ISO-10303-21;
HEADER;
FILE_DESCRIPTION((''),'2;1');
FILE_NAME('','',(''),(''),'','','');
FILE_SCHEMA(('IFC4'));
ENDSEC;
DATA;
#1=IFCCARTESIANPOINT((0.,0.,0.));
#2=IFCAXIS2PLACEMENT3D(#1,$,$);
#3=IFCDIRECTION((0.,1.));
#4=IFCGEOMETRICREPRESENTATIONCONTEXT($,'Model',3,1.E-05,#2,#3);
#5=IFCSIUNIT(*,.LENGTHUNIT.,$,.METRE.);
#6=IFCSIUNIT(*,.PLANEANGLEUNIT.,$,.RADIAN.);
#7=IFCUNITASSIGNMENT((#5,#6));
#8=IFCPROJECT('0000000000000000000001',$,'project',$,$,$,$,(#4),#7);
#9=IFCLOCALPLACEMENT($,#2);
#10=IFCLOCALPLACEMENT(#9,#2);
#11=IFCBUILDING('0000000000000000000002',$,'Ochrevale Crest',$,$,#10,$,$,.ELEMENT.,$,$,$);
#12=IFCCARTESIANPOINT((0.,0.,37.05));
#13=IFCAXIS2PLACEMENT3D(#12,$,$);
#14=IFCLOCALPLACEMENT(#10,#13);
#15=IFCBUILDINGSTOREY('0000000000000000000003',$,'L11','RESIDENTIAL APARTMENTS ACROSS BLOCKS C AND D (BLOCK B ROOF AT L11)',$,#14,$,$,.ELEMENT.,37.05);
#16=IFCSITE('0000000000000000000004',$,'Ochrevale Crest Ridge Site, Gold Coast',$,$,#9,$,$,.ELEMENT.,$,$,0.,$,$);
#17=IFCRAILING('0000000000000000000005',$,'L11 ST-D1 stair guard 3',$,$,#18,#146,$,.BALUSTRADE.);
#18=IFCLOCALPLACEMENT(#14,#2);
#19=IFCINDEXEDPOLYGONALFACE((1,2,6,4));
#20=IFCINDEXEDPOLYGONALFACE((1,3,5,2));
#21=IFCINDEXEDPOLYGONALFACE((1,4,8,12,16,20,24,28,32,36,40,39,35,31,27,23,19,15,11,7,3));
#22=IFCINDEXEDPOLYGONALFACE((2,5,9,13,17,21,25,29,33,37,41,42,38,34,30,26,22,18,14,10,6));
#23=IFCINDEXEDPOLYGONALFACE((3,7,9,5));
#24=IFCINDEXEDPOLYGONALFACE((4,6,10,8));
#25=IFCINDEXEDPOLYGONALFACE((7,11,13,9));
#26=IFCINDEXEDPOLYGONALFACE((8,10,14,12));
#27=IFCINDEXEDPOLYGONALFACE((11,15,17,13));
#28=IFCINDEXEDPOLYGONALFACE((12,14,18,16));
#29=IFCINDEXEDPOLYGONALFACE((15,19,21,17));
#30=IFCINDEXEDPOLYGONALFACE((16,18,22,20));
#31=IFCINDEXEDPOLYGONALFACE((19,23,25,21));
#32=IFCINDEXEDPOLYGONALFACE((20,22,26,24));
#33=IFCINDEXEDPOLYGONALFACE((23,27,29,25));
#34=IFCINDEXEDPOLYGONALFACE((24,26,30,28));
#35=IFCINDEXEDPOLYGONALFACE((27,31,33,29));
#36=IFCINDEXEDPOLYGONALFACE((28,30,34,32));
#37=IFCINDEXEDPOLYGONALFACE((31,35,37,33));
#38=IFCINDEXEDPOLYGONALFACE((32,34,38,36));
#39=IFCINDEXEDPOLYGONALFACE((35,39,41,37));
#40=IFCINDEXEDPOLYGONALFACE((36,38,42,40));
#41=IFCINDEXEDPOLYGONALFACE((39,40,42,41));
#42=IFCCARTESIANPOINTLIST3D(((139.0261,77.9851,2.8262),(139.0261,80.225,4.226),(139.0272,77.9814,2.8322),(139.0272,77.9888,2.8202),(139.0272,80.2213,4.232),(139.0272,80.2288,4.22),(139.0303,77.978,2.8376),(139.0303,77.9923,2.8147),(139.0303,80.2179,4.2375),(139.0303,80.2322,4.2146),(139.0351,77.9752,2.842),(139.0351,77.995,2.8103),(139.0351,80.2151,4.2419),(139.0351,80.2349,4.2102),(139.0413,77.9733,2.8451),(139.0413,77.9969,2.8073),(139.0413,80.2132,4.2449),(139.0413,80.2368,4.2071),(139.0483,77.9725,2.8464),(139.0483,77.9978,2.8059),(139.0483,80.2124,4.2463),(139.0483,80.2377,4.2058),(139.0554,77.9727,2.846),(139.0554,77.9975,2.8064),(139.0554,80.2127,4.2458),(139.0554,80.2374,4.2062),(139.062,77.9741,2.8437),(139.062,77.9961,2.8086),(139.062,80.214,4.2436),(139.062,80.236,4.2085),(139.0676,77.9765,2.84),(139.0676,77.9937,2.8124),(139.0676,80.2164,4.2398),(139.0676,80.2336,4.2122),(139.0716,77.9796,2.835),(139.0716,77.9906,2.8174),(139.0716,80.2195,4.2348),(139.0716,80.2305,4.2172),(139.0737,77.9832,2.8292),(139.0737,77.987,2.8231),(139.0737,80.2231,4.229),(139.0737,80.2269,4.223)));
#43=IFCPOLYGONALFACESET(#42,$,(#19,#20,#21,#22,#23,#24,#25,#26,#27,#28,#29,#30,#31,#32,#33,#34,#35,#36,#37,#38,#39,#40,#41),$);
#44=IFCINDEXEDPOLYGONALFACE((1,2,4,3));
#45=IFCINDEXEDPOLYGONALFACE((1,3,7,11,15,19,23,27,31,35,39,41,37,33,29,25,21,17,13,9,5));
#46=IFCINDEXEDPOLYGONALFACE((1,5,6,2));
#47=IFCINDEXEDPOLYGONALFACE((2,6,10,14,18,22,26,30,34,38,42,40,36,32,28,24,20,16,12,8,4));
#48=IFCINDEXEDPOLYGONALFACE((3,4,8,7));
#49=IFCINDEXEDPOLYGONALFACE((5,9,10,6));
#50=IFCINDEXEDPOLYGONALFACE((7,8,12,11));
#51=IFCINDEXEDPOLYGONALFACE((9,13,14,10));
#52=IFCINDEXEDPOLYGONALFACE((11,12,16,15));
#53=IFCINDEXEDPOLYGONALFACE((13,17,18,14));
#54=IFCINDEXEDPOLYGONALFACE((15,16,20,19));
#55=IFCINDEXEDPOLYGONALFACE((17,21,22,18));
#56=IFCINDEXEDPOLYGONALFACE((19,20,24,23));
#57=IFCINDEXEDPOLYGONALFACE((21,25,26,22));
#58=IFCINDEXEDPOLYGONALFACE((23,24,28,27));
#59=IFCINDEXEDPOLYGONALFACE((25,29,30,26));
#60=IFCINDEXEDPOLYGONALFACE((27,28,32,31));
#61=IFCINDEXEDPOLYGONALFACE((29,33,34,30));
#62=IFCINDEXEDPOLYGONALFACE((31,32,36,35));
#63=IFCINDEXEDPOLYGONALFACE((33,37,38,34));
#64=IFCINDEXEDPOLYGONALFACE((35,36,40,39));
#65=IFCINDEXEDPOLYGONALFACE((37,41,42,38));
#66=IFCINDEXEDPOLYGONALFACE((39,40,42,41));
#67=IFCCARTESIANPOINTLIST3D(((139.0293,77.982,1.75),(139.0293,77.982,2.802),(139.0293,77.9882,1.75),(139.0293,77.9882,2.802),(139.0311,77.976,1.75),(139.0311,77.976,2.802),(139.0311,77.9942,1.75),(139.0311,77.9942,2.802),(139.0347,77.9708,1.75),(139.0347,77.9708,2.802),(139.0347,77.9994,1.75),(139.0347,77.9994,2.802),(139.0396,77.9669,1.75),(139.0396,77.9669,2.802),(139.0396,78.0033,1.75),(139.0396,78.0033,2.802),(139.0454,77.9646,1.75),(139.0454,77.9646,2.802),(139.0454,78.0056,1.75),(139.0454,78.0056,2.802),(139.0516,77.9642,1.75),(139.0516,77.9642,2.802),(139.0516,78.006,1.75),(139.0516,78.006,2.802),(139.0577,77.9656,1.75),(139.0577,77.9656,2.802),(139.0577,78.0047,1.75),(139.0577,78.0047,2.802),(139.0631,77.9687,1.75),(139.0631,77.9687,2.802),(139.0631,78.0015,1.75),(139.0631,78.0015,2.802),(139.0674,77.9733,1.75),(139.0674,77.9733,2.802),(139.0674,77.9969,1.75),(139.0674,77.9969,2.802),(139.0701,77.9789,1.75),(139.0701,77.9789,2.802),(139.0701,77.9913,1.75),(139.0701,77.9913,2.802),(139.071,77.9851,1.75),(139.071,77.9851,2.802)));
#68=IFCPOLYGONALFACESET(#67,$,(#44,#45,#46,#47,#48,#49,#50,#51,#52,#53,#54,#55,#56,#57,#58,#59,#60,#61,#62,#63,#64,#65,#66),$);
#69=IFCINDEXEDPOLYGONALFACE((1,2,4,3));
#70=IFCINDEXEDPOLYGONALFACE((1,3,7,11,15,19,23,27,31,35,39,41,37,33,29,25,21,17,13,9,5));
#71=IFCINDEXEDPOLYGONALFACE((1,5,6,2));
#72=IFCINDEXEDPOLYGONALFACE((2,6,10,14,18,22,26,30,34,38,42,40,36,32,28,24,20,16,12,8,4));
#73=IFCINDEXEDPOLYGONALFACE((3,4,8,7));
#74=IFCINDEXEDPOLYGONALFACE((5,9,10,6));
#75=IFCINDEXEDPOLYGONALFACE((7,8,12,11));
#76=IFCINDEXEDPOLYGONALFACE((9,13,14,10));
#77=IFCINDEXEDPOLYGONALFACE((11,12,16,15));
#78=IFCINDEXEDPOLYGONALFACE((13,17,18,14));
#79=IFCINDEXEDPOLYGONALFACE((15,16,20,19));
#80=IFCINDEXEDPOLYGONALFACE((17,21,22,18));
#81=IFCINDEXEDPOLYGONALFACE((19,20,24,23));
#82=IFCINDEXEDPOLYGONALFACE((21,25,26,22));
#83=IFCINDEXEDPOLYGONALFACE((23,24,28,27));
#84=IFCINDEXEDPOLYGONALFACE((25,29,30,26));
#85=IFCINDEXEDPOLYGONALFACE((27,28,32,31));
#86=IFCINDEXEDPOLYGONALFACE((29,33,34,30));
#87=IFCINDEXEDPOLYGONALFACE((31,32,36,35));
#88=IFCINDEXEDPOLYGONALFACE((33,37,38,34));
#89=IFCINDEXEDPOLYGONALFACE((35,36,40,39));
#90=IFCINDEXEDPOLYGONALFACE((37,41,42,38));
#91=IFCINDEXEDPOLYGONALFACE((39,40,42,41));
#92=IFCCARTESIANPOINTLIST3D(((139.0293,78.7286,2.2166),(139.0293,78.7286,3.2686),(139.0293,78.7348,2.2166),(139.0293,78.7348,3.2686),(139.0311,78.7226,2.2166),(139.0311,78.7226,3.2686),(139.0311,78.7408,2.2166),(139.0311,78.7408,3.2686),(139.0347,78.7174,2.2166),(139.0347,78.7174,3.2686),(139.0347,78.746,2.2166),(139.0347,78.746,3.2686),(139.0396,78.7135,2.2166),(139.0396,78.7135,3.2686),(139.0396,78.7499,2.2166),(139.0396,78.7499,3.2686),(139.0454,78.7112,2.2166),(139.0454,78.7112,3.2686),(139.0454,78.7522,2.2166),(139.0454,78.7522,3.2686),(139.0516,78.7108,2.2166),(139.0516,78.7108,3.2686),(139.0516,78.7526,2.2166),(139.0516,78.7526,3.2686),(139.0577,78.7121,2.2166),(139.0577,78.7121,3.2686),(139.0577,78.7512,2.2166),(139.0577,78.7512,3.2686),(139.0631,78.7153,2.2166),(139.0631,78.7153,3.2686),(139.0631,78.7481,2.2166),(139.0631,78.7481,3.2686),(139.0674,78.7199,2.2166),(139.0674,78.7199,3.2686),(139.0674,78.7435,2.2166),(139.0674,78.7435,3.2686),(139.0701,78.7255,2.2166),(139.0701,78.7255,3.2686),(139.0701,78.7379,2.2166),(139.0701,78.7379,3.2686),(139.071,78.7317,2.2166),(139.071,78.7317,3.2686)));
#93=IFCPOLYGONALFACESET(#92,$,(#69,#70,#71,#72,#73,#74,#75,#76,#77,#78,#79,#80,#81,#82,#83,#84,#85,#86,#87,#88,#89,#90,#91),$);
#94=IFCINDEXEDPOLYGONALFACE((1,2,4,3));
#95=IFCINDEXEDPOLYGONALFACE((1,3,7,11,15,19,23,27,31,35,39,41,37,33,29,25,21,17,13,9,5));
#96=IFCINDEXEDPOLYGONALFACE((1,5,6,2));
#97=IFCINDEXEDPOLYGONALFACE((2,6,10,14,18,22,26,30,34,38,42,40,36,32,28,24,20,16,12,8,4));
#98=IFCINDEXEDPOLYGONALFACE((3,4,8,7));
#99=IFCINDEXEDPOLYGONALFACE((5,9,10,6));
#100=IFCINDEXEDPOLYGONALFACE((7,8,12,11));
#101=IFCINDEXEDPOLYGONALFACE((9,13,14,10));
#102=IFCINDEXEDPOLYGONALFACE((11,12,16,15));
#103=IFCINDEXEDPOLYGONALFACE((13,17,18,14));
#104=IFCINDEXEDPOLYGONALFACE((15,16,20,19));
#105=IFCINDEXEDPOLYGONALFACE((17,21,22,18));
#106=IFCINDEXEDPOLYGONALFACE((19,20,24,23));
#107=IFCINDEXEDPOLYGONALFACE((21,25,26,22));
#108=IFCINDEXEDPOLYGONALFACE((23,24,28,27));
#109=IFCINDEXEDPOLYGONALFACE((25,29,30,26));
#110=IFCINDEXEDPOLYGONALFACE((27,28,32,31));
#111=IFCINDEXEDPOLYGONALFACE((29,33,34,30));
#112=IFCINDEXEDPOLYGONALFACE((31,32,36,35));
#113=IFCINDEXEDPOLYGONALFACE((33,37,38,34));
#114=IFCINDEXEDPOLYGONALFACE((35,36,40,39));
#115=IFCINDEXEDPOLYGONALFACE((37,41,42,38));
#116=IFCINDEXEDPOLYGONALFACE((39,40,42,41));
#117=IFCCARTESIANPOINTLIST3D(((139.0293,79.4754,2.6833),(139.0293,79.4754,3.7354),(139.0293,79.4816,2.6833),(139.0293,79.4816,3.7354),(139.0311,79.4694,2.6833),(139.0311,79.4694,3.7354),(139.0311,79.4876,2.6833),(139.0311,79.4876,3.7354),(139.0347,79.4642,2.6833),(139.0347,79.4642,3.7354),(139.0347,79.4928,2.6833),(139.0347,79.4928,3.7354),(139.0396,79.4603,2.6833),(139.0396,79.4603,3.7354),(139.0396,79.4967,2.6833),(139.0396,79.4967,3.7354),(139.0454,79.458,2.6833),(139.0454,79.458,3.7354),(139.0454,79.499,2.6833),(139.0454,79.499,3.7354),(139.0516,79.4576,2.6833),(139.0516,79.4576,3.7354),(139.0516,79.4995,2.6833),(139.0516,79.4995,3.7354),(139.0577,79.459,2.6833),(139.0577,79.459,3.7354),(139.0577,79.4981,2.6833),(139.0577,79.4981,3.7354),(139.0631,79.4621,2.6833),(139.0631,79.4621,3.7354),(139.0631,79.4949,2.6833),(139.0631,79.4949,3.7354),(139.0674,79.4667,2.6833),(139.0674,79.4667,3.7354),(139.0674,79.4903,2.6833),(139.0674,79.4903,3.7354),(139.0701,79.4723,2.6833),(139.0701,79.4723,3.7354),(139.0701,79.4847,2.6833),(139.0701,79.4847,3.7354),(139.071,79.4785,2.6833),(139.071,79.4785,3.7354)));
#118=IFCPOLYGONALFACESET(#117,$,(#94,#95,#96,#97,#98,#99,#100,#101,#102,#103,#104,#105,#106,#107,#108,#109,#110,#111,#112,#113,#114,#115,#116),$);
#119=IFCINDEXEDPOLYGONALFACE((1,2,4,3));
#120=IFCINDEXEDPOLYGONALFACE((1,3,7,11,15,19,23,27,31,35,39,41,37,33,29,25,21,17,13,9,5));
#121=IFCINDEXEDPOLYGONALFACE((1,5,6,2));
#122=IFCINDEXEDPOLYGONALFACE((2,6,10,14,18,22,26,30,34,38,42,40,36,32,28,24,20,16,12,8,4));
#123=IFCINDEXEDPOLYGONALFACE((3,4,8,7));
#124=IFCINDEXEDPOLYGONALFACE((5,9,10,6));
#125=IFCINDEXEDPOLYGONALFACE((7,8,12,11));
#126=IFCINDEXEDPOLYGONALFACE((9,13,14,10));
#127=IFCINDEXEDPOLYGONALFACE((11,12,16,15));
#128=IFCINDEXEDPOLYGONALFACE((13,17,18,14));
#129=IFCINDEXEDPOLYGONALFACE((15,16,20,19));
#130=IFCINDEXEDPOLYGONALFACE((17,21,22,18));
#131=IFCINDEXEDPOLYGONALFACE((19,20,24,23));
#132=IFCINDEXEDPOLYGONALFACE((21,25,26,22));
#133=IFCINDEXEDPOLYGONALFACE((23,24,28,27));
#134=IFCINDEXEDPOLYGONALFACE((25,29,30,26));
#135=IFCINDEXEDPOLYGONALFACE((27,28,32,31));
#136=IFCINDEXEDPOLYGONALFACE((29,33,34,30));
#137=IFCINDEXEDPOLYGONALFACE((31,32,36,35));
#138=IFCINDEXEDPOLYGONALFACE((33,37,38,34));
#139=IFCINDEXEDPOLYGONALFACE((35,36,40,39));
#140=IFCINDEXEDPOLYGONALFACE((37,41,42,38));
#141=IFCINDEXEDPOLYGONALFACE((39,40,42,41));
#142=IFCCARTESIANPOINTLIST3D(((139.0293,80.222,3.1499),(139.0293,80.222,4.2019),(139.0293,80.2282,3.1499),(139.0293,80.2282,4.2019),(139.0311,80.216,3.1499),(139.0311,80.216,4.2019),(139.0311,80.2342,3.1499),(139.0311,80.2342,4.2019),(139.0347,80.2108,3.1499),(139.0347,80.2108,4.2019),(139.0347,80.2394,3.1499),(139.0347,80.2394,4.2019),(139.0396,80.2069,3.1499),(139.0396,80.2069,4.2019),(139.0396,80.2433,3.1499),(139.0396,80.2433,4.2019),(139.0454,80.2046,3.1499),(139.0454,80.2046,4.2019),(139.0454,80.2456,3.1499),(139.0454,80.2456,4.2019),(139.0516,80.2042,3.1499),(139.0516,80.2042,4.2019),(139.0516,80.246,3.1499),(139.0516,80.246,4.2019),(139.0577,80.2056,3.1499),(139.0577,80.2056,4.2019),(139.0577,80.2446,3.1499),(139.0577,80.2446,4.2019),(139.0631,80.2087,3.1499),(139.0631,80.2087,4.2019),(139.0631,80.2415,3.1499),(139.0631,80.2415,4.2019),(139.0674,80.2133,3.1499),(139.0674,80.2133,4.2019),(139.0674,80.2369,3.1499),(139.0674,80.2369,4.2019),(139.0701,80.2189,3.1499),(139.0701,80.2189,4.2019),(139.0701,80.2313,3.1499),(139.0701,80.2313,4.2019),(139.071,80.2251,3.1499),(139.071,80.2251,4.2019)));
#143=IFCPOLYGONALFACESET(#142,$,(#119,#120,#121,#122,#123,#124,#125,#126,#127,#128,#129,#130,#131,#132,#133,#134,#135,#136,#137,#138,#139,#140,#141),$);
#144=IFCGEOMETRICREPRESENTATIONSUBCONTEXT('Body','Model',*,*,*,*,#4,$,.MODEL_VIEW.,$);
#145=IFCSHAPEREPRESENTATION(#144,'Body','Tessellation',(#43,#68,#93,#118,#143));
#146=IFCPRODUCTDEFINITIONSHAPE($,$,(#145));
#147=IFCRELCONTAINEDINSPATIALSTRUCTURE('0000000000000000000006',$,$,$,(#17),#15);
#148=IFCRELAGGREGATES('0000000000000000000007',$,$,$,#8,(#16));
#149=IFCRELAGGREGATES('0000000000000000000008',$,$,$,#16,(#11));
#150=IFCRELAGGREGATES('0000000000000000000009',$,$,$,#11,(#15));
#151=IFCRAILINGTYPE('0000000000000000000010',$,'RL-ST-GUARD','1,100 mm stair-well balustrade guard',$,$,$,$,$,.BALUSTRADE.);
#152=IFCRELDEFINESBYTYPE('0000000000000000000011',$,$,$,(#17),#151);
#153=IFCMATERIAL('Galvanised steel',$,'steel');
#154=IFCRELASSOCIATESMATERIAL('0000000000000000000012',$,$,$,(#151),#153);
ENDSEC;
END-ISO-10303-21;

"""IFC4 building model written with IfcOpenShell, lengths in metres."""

from ifc_helpers import new_model, si_unit, direction, frame, origin, origin_2d, place, context, subcontext, project, spatial, circle, extrude, material, type_object, element, save


model = new_model("IFC4")

# Units and contexts
model_context = context("Model", 3, precision=1e-05, world=origin(), true_north=direction((0.0, 1.0)))
body_context = subcontext(model_context, "Body", "Model", "MODEL_VIEW")
ifc_project = project(units=[si_unit("LENGTHUNIT", "METRE"), si_unit("PLANEANGLEUNIT", "RADIAN")], contexts=[model_context])

# Site, building, storey
site_placement = place(None, origin())
site = spatial("IfcSite", under=ifc_project, at=site_placement, Name="Ochrevale Crest Ridge Site, Gold Coast", CompositionType="ELEMENT", RefElevation=0.0)
building_placement = place(site_placement, origin())
building = spatial("IfcBuilding", under=site, at=building_placement, Name="Ochrevale Crest", CompositionType="ELEMENT")
storey_placement = place(building_placement, frame((0.0, 0.0, 37.05)))
storey = spatial("IfcBuildingStorey", under=building, at=storey_placement, Name="L11", Description="RESIDENTIAL APARTMENTS ACROSS BLOCKS C AND D (BLOCK B ROOF AT L11)", CompositionType="ELEMENT", Elevation=37.05)

# Railing
ifc_material_1 = material(Name="Galvanised steel", Category="steel")
railing_type_1 = type_object("IfcRailingType", Name="RL-ST-GUARD", Description="1,100 mm stair-well balustrade guard", PredefinedType="BALUSTRADE", material=ifc_material_1)
railing_1_placement = place(storey_placement, frame((139.05, 77.9851, 1.75)))
element("IfcRailing", 1, at=railing_1_placement, inside=storey, type_object=railing_type_1, Name="L11 ST-D1 stair guard 3", PredefinedType="BALUSTRADE", context=body_context, shape_type="SweptSolid", body=[
    extrude(circle(Radius=0.0239, at=origin_2d()), frame((0.0, 0.0, 1.0762), z_axis=(0.0, 0.848014, 0.529974), x_axis=(-1.0, 0.0, 0.0)), (0.0, 0.0, 1.0), 2.6414),
    extrude(circle(Radius=0.021, at=origin_2d()), origin(), (0.0, 0.0, 1.0), 1.052),
    extrude(circle(Radius=0.021, at=origin_2d()), frame((0.0, 0.7466, 0.4666)), (0.0, 0.0, 1.0), 1.052),
    extrude(circle(Radius=0.021, at=origin_2d()), frame((0.0, 1.4934, 0.9333)), (0.0, 0.0, 1.0), 1.052),
    extrude(circle(Radius=0.021, at=origin_2d()), frame((0.0, 2.24, 1.3999)), (0.0, 0.0, 1.0), 1.052),
])

save(model, "model.ifc")
